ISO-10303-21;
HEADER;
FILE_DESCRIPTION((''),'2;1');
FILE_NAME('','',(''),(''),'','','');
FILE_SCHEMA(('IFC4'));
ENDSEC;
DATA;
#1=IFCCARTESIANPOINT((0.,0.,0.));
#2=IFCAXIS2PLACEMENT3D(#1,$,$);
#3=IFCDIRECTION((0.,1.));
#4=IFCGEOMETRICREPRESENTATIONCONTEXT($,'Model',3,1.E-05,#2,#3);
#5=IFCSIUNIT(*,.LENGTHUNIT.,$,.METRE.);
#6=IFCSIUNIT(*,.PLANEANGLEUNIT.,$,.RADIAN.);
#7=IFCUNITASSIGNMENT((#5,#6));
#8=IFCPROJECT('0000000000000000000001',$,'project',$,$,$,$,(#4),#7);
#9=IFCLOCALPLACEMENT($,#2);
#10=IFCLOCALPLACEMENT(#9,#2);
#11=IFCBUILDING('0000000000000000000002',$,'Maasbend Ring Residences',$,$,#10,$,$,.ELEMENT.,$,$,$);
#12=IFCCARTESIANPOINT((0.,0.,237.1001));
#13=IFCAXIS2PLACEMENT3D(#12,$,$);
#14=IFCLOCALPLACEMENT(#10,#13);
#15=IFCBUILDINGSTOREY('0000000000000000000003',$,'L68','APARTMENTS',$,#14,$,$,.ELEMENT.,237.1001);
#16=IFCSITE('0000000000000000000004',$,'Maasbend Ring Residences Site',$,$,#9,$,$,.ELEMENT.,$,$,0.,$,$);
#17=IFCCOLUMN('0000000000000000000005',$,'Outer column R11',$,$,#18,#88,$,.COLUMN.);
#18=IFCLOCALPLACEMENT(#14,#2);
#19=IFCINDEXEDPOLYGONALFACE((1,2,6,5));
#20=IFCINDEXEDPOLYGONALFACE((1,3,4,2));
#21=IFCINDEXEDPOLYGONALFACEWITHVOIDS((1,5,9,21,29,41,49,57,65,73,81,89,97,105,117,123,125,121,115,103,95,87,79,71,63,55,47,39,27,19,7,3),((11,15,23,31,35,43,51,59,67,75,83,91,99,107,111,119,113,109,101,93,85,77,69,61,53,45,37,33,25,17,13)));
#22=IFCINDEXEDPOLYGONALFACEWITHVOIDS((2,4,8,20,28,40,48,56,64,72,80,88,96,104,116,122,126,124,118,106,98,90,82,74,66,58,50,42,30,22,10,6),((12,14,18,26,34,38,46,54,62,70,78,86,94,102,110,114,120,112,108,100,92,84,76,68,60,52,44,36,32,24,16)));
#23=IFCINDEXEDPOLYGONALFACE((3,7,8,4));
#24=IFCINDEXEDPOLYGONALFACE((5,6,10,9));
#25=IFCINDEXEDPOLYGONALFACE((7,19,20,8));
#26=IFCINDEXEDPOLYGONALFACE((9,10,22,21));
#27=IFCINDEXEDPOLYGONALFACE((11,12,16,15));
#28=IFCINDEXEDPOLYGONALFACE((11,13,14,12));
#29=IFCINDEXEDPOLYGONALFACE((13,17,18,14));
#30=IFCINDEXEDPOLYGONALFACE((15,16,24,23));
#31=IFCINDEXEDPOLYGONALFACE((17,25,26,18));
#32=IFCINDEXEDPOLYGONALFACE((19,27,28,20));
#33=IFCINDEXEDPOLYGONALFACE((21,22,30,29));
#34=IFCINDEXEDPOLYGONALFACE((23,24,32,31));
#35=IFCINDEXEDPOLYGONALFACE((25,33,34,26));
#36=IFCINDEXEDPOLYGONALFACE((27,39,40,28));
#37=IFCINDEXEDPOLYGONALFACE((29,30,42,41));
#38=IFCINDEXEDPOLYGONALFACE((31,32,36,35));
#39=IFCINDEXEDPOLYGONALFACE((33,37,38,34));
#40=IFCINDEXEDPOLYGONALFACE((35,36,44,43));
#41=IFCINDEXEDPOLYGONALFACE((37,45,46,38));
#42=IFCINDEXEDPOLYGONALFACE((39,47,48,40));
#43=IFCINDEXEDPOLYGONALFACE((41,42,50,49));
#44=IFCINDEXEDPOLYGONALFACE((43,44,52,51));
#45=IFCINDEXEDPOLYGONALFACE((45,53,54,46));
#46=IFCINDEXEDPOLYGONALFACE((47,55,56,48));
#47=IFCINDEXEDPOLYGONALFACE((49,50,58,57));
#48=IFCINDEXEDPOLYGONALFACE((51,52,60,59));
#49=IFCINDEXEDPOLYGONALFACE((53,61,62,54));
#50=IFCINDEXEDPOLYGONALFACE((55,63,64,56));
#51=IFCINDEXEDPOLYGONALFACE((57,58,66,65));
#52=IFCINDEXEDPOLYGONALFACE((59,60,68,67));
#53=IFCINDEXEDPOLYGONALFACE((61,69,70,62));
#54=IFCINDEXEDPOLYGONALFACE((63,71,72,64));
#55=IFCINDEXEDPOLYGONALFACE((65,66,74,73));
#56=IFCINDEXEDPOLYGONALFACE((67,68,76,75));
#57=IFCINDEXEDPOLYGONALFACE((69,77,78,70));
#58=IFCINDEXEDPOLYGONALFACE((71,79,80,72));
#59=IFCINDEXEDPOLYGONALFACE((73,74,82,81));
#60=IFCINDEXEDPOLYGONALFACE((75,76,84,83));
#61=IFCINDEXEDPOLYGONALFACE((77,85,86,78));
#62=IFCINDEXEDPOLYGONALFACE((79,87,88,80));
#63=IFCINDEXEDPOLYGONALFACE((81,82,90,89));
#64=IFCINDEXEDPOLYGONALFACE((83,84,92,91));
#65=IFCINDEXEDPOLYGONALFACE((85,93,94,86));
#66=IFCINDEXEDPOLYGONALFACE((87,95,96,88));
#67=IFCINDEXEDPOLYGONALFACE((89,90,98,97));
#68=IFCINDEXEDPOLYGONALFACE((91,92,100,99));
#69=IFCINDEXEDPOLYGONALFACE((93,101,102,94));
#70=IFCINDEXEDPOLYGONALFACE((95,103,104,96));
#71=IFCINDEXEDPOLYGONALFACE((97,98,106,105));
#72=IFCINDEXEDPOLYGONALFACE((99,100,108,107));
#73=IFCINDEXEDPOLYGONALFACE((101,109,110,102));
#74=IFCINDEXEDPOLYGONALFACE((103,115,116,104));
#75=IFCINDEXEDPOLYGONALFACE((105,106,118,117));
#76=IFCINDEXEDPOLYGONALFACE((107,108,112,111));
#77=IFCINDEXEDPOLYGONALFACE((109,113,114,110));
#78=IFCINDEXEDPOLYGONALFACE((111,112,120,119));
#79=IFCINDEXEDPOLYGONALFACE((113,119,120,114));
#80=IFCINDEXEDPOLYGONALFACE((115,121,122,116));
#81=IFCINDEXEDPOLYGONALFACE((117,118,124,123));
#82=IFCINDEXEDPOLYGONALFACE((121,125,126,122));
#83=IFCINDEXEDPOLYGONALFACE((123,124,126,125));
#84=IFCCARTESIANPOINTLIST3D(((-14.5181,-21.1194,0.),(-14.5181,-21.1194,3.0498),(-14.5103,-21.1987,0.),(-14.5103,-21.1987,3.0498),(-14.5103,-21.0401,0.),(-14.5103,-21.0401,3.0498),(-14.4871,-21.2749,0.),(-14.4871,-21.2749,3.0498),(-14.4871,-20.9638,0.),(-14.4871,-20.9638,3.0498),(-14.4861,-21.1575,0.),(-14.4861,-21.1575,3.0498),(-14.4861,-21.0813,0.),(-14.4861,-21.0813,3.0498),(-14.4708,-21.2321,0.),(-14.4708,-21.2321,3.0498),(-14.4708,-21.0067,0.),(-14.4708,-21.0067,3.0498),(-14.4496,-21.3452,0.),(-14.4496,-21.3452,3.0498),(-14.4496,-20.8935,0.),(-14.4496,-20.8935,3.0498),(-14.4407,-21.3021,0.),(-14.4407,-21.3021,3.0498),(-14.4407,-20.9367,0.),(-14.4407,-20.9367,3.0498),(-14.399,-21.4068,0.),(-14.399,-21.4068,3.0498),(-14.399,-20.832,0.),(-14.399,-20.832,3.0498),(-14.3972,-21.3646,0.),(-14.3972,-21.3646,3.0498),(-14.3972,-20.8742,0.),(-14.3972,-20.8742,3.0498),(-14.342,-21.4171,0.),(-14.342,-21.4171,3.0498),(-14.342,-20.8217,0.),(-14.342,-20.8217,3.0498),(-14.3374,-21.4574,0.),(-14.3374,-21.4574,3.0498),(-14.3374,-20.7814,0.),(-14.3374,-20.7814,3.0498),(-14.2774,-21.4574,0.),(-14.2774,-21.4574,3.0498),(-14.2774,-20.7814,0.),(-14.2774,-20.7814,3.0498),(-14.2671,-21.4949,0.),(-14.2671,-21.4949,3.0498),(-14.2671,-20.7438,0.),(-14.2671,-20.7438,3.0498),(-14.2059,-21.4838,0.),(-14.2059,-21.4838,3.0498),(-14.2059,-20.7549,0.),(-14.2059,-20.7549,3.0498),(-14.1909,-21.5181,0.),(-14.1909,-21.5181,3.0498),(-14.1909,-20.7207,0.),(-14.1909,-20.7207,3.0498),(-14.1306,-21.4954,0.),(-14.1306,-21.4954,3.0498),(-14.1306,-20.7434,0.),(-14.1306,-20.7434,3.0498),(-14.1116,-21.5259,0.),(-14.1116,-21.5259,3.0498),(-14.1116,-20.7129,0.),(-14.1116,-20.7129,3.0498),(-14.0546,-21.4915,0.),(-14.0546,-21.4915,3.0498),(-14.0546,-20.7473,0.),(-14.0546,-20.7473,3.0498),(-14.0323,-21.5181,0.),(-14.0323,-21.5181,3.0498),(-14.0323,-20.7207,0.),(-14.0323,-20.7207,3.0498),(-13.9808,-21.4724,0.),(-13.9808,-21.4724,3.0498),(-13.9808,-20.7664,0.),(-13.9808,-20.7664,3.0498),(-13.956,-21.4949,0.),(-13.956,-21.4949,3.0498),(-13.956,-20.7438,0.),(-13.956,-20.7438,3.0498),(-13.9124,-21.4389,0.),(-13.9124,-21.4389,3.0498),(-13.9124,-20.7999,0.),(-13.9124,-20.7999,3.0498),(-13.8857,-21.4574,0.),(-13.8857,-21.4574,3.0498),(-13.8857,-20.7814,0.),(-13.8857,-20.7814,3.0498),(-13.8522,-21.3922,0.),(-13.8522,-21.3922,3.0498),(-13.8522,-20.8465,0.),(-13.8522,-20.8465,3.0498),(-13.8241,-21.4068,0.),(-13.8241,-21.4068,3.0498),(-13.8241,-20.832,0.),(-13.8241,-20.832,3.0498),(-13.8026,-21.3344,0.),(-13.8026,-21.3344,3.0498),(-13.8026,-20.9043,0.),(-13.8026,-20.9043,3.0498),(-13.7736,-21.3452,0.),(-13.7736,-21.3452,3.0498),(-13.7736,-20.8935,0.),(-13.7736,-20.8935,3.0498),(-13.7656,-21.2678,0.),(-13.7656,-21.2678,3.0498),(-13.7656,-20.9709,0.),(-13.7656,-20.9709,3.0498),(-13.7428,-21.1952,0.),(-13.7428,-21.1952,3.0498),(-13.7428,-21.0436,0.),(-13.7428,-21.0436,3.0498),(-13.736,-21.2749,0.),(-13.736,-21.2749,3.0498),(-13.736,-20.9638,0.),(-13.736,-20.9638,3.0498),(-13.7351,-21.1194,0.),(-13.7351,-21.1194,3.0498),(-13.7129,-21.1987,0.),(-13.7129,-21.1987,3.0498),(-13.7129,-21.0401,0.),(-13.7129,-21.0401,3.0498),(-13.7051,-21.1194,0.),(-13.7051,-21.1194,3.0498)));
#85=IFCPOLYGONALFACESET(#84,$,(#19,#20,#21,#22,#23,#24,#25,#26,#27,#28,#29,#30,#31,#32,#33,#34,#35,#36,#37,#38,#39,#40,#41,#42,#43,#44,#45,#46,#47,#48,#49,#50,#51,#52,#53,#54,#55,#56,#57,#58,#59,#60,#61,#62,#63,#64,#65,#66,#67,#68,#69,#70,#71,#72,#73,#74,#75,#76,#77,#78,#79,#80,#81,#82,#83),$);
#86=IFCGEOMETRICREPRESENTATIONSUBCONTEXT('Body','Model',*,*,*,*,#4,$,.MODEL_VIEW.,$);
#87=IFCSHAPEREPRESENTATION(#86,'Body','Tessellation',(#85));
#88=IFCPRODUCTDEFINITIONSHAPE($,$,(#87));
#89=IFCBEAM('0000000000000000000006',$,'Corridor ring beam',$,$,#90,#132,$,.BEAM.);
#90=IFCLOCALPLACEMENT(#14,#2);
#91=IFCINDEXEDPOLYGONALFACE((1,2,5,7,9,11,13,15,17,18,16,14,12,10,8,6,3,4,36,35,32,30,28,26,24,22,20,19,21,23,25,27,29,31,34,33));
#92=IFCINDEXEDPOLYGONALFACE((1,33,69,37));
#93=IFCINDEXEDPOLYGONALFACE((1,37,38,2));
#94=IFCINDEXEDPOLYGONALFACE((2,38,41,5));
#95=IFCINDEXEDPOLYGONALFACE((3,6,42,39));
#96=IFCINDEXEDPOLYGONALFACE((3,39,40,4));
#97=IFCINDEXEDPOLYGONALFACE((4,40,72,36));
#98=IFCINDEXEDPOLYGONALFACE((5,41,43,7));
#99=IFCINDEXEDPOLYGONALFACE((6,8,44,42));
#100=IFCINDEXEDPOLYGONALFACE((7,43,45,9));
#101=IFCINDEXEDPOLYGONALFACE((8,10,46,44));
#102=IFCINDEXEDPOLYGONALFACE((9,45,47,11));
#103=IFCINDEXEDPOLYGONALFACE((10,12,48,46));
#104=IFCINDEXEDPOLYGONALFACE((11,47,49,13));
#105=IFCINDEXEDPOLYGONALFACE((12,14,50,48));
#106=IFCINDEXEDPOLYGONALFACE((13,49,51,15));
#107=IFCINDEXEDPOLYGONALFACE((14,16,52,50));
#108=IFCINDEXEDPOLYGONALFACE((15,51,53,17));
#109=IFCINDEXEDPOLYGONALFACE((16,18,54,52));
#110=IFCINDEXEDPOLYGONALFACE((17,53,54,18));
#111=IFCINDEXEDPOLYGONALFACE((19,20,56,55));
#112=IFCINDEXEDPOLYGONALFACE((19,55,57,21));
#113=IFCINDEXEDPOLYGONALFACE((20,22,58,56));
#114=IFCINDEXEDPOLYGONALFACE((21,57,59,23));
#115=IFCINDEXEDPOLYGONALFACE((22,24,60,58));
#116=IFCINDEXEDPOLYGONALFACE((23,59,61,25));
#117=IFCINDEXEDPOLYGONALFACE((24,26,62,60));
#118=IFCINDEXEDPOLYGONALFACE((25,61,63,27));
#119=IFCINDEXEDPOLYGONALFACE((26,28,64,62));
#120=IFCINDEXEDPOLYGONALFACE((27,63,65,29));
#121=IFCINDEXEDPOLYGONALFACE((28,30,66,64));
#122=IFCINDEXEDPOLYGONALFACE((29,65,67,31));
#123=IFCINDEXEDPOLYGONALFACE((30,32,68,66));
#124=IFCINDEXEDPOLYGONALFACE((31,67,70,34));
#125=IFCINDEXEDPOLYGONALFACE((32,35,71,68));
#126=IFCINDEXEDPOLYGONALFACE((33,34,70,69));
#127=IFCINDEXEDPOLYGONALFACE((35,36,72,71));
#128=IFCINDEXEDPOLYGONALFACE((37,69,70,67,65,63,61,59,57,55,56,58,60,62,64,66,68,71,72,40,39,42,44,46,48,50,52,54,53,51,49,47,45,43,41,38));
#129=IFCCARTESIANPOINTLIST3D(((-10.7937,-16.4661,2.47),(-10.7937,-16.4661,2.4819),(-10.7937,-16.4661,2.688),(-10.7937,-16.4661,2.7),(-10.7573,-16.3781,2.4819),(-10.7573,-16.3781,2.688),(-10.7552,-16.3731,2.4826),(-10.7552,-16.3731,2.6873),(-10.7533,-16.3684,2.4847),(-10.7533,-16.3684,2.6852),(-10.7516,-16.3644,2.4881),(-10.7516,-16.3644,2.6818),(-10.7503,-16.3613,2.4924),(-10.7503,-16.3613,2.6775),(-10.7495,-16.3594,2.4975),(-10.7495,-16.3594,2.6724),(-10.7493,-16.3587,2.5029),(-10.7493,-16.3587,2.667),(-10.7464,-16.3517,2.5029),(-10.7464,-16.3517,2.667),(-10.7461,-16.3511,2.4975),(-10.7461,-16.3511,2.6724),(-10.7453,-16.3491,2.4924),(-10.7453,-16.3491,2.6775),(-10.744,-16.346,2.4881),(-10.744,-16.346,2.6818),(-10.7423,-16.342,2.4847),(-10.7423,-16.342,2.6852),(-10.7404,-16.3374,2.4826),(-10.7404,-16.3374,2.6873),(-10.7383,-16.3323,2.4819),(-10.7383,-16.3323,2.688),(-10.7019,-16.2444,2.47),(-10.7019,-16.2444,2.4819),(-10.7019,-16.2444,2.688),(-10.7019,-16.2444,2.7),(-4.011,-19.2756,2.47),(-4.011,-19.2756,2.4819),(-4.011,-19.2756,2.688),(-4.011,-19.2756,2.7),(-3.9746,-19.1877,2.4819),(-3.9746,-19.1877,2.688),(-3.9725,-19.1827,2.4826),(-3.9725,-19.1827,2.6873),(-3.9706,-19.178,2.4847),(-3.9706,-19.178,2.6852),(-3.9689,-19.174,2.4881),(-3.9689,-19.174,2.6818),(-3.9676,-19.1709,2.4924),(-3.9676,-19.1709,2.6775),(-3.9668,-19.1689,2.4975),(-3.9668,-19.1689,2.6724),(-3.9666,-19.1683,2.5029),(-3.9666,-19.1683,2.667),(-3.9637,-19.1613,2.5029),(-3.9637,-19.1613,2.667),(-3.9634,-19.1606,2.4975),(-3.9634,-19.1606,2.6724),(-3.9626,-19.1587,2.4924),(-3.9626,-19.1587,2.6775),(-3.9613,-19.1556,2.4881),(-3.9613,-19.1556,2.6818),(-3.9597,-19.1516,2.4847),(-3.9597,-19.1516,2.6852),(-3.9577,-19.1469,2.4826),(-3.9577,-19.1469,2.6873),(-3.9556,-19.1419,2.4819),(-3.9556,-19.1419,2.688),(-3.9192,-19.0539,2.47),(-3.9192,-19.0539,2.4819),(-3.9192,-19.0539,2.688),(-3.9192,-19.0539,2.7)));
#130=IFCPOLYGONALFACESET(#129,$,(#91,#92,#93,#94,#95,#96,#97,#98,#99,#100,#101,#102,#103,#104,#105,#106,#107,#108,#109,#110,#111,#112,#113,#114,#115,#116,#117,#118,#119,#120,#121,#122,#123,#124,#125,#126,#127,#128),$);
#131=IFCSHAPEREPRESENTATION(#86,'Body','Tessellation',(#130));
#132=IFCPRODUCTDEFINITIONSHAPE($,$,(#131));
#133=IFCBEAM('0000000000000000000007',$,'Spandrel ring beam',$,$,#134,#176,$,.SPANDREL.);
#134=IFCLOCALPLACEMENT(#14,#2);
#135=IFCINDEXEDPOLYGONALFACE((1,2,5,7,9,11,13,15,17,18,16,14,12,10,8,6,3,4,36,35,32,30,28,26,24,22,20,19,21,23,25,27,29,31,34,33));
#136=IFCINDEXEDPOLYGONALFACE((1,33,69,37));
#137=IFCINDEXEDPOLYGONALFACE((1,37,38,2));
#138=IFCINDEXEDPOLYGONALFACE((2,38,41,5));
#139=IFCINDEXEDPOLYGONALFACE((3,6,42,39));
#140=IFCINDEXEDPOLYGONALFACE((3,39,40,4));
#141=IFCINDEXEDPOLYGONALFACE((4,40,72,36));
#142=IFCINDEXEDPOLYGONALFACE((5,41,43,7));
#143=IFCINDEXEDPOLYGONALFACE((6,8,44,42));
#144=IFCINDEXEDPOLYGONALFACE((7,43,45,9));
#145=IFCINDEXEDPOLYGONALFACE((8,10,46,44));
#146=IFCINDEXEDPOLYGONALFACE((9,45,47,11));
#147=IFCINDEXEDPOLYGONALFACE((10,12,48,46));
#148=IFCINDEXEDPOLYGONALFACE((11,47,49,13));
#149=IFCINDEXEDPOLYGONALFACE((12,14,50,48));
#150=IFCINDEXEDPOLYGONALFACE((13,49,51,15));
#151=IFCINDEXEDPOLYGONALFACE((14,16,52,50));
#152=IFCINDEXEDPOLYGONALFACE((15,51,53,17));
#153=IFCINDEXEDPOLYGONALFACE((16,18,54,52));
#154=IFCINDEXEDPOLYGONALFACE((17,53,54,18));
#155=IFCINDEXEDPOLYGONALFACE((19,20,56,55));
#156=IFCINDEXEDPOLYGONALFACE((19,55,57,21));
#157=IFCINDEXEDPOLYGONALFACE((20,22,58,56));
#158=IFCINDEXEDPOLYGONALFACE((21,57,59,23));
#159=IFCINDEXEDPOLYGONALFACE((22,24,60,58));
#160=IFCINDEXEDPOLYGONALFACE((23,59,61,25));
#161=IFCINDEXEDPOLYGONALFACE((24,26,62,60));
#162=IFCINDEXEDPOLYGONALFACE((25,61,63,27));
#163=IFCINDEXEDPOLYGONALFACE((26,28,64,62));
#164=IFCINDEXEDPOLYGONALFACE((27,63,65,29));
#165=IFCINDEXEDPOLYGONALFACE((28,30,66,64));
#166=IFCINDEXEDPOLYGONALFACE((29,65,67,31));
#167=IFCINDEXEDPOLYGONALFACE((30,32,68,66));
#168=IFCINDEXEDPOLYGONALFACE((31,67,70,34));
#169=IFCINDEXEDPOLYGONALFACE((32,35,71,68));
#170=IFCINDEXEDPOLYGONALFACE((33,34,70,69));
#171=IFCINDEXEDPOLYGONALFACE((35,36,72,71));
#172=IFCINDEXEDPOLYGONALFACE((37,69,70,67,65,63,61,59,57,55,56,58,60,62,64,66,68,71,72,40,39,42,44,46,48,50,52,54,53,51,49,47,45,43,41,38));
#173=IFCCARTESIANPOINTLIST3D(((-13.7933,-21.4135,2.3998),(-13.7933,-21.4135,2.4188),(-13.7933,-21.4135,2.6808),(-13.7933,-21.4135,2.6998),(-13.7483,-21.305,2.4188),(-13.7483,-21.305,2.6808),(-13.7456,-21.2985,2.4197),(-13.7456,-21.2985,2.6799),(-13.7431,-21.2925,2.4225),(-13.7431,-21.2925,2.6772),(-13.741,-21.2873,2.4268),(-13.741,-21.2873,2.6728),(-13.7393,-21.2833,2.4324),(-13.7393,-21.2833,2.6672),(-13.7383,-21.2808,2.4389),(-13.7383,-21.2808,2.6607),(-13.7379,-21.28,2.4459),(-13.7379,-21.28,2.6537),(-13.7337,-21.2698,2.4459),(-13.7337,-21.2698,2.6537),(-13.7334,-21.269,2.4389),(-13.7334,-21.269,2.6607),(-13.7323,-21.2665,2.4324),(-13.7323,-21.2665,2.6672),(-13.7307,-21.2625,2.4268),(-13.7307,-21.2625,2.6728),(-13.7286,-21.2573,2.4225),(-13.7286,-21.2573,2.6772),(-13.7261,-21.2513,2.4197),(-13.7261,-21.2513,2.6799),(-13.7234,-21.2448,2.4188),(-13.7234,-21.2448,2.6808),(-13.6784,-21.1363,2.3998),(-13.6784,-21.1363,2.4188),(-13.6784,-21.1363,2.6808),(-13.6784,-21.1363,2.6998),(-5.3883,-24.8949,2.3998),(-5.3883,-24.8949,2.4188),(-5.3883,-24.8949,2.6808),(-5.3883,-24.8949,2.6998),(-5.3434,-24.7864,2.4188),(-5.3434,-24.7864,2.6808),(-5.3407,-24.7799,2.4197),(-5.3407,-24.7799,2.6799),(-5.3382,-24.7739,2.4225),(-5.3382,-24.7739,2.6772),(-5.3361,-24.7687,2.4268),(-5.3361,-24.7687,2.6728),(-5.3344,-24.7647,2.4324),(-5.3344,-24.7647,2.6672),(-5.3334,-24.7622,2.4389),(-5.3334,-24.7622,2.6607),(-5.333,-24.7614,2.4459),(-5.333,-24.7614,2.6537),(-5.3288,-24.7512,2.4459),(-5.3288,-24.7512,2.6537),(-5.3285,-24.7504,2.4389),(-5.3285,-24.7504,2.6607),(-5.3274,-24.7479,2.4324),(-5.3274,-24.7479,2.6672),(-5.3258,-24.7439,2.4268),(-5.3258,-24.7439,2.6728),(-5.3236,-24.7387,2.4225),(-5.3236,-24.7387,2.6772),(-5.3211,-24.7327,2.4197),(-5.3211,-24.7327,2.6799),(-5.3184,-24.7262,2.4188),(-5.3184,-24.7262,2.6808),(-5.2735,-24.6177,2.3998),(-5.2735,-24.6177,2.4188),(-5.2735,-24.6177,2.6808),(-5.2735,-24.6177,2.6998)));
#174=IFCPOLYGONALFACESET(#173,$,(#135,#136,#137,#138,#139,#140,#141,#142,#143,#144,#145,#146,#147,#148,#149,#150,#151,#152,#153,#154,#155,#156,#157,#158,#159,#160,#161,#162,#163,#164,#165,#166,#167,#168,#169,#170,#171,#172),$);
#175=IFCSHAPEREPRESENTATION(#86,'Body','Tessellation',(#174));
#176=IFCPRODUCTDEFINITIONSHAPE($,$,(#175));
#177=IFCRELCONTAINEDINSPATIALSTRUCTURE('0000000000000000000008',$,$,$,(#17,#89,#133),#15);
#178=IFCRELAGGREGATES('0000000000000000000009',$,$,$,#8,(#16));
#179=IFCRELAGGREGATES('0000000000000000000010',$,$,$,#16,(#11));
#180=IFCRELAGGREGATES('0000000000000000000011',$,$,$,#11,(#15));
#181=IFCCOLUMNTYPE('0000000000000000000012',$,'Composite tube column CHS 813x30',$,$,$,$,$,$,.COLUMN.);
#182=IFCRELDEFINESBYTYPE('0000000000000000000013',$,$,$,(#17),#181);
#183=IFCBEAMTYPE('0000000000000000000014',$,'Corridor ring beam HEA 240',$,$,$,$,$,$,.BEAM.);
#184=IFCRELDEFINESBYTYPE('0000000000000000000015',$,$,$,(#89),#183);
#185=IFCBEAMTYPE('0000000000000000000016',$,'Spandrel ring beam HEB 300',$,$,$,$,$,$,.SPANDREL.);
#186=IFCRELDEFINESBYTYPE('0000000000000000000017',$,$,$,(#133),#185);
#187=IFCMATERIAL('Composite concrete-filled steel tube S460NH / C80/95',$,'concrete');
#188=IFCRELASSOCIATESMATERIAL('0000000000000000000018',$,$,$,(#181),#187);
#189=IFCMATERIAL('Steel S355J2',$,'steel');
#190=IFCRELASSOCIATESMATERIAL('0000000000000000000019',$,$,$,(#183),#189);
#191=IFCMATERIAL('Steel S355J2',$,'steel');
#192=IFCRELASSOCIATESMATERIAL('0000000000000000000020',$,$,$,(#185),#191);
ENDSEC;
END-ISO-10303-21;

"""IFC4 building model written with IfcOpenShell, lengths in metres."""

from ifc_helpers import new_model, si_unit, direction, frame, origin, origin_2d, place, context, subcontext, project, spatial, hollow_circle, i_section, extrude, material, material_profile, profile_set, type_object, element, save


model = new_model("IFC4")

# Units and contexts
model_context = context("Model", 3, precision=1e-05, world=origin(), true_north=direction((0.0, 1.0)))
body_context = subcontext(model_context, "Body", "Model", "MODEL_VIEW")
ifc_project = project(units=[si_unit("LENGTHUNIT", "METRE"), si_unit("PLANEANGLEUNIT", "RADIAN")], contexts=[model_context])

# Site, building, storey
site_placement = place(None, origin())
site = spatial("IfcSite", under=ifc_project, at=site_placement, Name="Maasbend Ring Residences Site", CompositionType="ELEMENT", RefElevation=0.0)
building_placement = place(site_placement, origin())
building = spatial("IfcBuilding", under=site, at=building_placement, Name="Maasbend Ring Residences", CompositionType="ELEMENT")
storey_placement = place(building_placement, frame((0.0, 0.0, 237.1001)))
storey = spatial("IfcBuildingStorey", under=building, at=storey_placement, Name="L68", Description="APARTMENTS", CompositionType="ELEMENT", Elevation=237.1001)

# Column
ifc_material_1 = material(Name="Composite concrete-filled steel tube S460NH / C80/95", Category="concrete")
ifc_material_profile_1 = material_profile(ifc_material_1, hollow_circle(Radius=0.4065, WallThickness=0.03, at=origin_2d()), Name="Composite tube column CHS 813x30")
ifc_profile_set_1 = profile_set([ifc_material_profile_1], Name="Composite concrete-filled steel tube S460NH / C80/95")
column_type = type_object("IfcColumnType", Name="Composite tube column CHS 813x30", PredefinedType="COLUMN", material=ifc_profile_set_1)
column_placement = place(storey_placement, frame((-14.1116, -21.1194, 0.0), z_axis=(0.0, 0.0, 1.0), x_axis=(1.0, 0.0, 0.0)))
element("IfcColumn", 1, at=column_placement, inside=storey, type_object=column_type, Name="Outer column R11", PredefinedType="COLUMN", context=body_context, shape_type="SweptSolid", body=[
    extrude(hollow_circle(Radius=0.4065, WallThickness=0.03, at=origin_2d()), origin(), (0.0, 0.0, 1.0), 3.0498),
])

# Beams
ifc_material_2 = material(Name="Steel S355J2", Category="steel")
ifc_material_profile_2 = material_profile(ifc_material_2, i_section(OverallWidth=0.24, OverallDepth=0.23, WebThickness=0.0076, FlangeThickness=0.012, FilletRadius=0.021, at=origin_2d()), Name="HEA 240")
ifc_profile_set_2 = profile_set([ifc_material_profile_2], Name="Steel S355J2")
beam_type_1 = type_object("IfcBeamType", Name="Corridor ring beam HEA 240", PredefinedType="BEAM", material=ifc_profile_set_2)
beam_1_placement = place(storey_placement, frame((-10.7478, -16.3552, 2.585), z_axis=(0.923876, -0.382692, 0.0), x_axis=(0.382692, 0.923876, 0.0)))
element("IfcBeam", 2, at=beam_1_placement, inside=storey, type_object=beam_type_1, Name="Corridor ring beam", PredefinedType="BEAM", context=body_context, shape_type="SweptSolid", body=[
    extrude(i_section(OverallWidth=0.24, OverallDepth=0.23, WebThickness=0.0076, FlangeThickness=0.012, FilletRadius=0.021, at=origin_2d()), origin(), (0.0, 0.0, 1.0), 7.3416),
])
ifc_material_3 = material(Name="Steel S355J2", Category="steel")
ifc_material_profile_3 = material_profile(ifc_material_3, i_section(OverallWidth=0.3, OverallDepth=0.3, WebThickness=0.011, FlangeThickness=0.019, FilletRadius=0.0271, at=origin_2d()), Name="HEB 300")
ifc_profile_set_3 = profile_set([ifc_material_profile_3], Name="Steel S355J2")
beam_type_2 = type_object("IfcBeamType", Name="Spandrel ring beam HEB 300", PredefinedType="SPANDREL", material=ifc_profile_set_3)
beam_2_placement = place(storey_placement, frame((-13.7358, -21.2749, 2.5498), z_axis=(0.923881, -0.38268, 0.0), x_axis=(0.38268, 0.923881, 0.0)))
element("IfcBeam", 3, at=beam_2_placement, inside=storey, type_object=beam_type_2, Name="Spandrel ring beam", PredefinedType="SPANDREL", context=body_context, shape_type="SweptSolid", body=[
    extrude(i_section(OverallWidth=0.3, OverallDepth=0.3, WebThickness=0.011, FlangeThickness=0.019, FilletRadius=0.0271, at=origin_2d()), origin(), (0.0, 0.0, 1.0), 9.0974),
])

save(model, "model.ifc")
